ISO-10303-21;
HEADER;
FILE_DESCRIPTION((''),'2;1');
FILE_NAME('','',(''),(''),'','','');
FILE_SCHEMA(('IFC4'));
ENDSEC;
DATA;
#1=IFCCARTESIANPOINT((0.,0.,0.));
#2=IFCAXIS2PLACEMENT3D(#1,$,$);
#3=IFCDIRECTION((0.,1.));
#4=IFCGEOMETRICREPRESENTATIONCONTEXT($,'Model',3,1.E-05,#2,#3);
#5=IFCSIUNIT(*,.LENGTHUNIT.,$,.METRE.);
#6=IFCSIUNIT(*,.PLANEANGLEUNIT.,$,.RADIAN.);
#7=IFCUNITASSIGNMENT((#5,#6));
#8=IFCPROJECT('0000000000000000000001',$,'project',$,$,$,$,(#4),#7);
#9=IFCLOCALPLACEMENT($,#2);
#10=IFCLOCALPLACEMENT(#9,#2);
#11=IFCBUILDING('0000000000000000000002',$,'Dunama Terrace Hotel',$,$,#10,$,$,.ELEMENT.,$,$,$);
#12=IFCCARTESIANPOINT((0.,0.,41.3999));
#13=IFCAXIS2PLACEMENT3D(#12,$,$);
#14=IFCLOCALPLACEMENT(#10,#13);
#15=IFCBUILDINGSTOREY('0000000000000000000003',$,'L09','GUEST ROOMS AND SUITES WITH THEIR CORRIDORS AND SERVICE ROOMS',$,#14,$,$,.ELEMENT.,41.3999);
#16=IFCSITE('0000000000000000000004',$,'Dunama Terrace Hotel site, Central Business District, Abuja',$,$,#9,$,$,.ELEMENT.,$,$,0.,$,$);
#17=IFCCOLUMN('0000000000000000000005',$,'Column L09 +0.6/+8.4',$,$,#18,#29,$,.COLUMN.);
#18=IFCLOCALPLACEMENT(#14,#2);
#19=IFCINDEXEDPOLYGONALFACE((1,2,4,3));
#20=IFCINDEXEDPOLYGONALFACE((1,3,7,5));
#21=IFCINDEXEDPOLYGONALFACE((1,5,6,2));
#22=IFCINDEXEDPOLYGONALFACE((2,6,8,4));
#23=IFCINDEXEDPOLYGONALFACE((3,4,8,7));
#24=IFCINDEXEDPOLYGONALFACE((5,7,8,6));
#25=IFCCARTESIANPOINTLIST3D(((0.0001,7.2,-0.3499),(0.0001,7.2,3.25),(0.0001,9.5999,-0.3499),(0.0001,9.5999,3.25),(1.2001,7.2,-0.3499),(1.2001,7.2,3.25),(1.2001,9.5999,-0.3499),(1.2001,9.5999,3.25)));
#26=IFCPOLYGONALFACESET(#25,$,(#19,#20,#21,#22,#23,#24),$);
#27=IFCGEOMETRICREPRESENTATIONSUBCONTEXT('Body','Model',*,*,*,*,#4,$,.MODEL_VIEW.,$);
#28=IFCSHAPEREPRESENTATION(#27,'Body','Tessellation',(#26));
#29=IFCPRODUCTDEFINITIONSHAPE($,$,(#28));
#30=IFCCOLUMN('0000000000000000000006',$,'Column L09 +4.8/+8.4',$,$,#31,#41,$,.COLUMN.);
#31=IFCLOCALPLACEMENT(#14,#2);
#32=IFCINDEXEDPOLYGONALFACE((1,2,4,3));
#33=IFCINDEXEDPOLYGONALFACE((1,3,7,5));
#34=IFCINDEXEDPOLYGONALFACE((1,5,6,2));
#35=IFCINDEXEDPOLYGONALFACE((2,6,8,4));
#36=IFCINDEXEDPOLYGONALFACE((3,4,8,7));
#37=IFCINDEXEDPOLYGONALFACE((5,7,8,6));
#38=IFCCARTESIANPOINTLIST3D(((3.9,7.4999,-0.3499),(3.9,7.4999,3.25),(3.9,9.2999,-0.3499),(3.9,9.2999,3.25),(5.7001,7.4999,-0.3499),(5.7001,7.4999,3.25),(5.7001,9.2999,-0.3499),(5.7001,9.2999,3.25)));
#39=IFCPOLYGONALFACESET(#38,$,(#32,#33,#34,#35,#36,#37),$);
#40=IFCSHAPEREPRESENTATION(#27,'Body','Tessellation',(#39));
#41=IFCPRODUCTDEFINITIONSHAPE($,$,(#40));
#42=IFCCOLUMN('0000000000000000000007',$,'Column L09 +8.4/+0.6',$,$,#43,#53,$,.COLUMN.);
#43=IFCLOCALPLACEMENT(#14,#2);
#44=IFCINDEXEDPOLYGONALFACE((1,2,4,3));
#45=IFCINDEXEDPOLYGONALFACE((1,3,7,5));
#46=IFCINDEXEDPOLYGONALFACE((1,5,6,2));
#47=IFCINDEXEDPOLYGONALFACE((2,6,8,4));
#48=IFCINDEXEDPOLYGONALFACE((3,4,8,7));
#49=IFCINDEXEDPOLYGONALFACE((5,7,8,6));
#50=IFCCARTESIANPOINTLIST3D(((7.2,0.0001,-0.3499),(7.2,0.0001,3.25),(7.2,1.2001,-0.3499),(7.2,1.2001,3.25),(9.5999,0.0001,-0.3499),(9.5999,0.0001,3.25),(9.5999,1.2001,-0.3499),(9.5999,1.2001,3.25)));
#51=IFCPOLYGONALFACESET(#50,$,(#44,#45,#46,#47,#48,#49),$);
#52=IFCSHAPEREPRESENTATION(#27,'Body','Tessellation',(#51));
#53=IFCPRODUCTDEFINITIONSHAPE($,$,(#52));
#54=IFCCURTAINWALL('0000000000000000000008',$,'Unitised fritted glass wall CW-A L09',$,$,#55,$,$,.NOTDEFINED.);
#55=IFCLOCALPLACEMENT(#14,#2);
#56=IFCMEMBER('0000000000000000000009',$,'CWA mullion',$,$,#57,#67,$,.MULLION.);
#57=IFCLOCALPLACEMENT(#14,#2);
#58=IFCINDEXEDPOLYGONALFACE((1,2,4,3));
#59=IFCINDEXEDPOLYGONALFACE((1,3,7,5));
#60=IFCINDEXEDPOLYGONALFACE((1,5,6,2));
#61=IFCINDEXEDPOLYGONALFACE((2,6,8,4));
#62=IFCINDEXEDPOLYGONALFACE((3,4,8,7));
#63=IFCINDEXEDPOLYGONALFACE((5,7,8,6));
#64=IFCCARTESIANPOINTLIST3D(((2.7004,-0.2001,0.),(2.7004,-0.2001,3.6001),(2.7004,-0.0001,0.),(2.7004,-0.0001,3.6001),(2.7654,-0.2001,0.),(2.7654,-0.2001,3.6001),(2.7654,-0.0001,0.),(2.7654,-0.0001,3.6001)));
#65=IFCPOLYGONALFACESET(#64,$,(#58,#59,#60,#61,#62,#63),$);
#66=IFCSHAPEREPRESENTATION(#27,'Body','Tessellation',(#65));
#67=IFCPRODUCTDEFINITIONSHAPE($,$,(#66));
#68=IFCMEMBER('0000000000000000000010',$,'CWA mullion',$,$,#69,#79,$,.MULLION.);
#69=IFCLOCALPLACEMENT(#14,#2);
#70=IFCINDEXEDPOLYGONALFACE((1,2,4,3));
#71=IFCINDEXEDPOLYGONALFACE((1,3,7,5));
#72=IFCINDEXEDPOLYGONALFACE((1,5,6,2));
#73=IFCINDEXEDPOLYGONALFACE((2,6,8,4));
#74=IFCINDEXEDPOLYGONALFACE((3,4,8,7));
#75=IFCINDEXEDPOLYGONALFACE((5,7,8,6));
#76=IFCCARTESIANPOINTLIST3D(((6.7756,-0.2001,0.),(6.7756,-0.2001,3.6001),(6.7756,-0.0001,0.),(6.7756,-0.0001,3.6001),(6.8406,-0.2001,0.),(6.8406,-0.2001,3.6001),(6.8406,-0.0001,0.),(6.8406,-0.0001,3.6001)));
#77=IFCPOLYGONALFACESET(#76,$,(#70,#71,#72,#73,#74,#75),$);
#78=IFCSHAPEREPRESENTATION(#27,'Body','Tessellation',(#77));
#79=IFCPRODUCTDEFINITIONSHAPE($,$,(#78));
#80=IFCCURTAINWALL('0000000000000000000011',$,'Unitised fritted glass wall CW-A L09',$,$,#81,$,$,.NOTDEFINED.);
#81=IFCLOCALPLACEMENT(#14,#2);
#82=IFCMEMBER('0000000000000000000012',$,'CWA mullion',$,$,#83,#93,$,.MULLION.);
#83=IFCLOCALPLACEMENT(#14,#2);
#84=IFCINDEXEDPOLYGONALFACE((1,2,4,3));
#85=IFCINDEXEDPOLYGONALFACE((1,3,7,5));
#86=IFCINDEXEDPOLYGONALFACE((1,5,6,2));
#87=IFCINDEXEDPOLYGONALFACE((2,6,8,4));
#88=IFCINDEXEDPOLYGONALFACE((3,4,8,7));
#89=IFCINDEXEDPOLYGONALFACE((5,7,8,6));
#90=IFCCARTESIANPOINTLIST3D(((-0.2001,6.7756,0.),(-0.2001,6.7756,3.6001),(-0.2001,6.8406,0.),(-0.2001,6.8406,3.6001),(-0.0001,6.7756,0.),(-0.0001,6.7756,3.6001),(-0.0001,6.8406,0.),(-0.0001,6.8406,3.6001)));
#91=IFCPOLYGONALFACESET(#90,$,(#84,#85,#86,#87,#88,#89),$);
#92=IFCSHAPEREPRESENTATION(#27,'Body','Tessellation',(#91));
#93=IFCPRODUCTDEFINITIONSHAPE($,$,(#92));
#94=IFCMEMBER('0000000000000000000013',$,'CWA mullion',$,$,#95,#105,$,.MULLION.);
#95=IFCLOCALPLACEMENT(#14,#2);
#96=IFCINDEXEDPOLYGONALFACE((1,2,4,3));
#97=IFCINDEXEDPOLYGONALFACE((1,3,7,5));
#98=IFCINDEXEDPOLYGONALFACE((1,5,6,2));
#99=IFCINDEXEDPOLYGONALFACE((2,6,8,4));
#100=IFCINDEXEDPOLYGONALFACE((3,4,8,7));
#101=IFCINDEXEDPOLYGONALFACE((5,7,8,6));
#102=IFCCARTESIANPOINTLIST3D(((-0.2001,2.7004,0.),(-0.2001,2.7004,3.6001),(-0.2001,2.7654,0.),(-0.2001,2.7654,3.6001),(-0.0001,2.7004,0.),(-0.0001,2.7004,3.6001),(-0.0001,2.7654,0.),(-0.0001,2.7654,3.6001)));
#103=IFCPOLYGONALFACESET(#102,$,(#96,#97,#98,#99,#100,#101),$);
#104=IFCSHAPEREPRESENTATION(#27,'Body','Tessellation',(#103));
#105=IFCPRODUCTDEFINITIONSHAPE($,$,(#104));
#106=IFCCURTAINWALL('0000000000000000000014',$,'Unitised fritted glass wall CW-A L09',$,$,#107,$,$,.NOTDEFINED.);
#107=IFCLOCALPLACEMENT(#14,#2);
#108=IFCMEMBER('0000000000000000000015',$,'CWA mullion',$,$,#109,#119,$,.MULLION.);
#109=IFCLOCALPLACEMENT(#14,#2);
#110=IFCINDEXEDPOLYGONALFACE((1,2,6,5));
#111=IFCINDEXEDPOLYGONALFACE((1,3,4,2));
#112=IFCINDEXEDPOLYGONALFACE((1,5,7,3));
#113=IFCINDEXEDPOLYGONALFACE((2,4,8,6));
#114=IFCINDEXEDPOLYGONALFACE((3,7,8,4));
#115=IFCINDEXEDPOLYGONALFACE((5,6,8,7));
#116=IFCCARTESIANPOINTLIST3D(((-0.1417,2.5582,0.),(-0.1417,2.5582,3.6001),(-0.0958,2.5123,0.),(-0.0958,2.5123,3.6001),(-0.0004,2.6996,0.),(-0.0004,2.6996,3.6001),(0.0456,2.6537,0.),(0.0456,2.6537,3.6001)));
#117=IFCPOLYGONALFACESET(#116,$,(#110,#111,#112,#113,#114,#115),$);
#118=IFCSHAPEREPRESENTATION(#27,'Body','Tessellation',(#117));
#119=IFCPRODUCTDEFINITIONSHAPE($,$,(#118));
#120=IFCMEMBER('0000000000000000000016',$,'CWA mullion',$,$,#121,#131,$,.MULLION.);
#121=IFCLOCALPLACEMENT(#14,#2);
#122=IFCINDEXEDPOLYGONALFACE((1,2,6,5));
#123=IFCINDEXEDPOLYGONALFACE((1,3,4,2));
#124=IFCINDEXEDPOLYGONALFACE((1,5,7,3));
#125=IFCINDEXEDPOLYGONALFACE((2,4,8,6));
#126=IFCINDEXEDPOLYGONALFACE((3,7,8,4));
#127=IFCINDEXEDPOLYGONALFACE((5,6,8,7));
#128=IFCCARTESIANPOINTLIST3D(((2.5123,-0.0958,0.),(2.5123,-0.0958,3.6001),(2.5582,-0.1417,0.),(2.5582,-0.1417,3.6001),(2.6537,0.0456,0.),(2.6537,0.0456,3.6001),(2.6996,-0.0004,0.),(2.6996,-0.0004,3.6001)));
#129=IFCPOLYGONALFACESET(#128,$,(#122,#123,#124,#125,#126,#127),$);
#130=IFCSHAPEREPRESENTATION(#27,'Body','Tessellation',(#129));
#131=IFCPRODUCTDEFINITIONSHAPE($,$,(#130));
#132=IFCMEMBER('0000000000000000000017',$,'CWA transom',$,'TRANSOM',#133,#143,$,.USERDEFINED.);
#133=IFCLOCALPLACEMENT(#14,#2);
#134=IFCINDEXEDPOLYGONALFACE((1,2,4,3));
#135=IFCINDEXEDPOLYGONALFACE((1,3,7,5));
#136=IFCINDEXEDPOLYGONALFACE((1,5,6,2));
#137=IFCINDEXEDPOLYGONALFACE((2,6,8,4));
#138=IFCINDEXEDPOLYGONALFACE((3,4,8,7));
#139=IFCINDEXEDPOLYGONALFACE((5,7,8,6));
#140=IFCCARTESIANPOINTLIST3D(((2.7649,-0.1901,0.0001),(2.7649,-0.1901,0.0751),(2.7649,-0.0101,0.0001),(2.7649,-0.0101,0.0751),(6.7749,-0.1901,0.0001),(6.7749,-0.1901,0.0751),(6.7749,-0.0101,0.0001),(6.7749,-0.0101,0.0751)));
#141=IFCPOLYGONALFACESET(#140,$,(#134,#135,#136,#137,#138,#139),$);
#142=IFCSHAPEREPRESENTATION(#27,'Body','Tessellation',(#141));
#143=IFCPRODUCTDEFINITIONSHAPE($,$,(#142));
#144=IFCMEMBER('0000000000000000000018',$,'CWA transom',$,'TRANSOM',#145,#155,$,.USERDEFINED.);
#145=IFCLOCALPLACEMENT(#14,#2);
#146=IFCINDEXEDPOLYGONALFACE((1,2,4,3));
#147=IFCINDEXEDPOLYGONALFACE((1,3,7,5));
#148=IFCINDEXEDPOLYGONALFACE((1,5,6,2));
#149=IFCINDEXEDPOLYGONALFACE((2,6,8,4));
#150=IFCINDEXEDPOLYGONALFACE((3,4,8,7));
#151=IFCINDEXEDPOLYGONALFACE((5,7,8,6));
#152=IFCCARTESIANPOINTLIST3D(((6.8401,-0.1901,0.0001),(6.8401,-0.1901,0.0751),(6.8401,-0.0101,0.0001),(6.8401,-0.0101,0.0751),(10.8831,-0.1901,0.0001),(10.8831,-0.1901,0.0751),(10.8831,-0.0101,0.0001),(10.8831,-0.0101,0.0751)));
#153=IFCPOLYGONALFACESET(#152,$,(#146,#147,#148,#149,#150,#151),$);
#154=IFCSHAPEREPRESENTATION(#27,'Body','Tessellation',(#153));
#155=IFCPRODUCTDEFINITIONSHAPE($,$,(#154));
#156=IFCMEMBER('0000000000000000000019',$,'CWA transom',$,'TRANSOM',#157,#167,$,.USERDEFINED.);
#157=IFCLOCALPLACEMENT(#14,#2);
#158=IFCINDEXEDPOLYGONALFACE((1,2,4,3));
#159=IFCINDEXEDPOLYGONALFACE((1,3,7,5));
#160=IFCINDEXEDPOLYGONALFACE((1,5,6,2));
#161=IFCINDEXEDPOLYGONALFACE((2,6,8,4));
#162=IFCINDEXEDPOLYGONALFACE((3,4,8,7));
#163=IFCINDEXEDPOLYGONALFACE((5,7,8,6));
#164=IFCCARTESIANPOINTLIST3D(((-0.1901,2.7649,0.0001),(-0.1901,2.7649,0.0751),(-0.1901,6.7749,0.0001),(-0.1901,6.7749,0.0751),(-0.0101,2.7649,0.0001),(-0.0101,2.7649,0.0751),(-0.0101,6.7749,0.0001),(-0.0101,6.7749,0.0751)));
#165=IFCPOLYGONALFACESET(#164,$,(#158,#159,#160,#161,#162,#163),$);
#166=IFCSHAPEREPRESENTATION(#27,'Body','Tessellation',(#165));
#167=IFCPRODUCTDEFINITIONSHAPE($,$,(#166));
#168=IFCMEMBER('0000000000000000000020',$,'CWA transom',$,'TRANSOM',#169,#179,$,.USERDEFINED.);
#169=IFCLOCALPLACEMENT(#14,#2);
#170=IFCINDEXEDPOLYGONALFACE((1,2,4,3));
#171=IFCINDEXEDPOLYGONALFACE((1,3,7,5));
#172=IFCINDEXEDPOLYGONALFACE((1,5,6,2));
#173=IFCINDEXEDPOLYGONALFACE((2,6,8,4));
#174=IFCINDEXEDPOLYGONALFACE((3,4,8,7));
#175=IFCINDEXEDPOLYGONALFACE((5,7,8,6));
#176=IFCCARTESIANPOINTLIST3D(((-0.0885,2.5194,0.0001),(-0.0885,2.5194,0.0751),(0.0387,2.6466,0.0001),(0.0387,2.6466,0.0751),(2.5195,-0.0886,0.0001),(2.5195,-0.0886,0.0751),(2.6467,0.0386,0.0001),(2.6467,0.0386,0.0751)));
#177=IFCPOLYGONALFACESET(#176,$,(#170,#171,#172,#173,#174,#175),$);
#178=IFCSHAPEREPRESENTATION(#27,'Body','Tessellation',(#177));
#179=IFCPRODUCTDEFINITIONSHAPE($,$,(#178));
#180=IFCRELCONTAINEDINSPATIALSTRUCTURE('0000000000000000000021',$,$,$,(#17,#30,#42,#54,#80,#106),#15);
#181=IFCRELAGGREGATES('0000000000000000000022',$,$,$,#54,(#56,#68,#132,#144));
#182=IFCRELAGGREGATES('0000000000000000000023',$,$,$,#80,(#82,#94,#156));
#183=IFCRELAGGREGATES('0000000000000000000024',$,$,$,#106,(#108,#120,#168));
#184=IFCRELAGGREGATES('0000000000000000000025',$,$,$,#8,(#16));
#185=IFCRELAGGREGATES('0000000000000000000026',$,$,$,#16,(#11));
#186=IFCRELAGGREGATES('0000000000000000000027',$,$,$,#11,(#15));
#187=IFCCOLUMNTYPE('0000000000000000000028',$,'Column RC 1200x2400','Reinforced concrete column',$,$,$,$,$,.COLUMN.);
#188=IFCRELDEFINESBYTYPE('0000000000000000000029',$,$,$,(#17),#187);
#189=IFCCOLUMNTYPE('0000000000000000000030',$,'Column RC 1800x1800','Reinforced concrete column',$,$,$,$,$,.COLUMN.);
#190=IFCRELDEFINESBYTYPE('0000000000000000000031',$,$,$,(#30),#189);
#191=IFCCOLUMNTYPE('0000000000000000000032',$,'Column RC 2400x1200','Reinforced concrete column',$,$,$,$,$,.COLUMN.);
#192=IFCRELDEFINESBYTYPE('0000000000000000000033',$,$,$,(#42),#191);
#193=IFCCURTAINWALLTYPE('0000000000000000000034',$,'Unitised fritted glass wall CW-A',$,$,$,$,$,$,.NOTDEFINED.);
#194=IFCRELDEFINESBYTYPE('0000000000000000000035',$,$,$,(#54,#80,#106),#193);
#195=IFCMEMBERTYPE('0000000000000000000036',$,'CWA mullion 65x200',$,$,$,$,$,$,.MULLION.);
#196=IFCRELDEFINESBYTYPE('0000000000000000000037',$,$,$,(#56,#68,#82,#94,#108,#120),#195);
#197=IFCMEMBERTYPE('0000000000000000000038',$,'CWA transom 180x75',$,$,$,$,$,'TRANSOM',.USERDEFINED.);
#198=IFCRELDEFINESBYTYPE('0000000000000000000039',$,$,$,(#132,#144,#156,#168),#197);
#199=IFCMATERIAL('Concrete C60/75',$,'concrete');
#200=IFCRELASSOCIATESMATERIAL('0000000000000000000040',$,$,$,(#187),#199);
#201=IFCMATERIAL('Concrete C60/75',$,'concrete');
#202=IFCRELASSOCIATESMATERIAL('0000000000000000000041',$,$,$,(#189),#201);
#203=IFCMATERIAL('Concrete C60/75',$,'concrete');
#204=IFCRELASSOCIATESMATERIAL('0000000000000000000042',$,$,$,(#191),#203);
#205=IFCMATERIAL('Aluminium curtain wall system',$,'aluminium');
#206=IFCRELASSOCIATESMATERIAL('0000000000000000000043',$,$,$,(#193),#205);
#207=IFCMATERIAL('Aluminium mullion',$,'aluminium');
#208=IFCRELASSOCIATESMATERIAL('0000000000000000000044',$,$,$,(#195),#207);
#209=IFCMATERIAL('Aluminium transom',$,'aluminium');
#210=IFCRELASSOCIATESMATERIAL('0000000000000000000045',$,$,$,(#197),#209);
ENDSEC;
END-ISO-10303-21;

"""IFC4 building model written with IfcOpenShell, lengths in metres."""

from ifc_helpers import new_model, si_unit, direction, frame, origin, origin_2d, place, context, subcontext, project, spatial, rectangle, extrude, material, material_profile, profile_set, type_object, element, aggregate, save


model = new_model("IFC4")

# Units and contexts
model_context = context("Model", 3, precision=1e-05, world=origin(), true_north=direction((0.0, 1.0)))
body_context = subcontext(model_context, "Body", "Model", "MODEL_VIEW")
ifc_project = project(units=[si_unit("LENGTHUNIT", "METRE"), si_unit("PLANEANGLEUNIT", "RADIAN")], contexts=[model_context])

# Site, building, storey
site_placement = place(None, origin())
site = spatial("IfcSite", under=ifc_project, at=site_placement, Name="Dunama Terrace Hotel site, Central Business District, Abuja", CompositionType="ELEMENT", RefElevation=0.0)
building_placement = place(site_placement, origin())
building = spatial("IfcBuilding", under=site, at=building_placement, Name="Dunama Terrace Hotel", CompositionType="ELEMENT")
storey_placement = place(building_placement, frame((0.0, 0.0, 41.3999)))
storey = spatial("IfcBuildingStorey", under=building, at=storey_placement, Name="L09", Description="GUEST ROOMS AND SUITES WITH THEIR CORRIDORS AND SERVICE ROOMS", CompositionType="ELEMENT", Elevation=41.3999)

# Columns
ifc_material_1 = material(Name="Concrete C60/75", Category="concrete")
ifc_material_profile_1 = material_profile(ifc_material_1, rectangle(XDim=1.2, YDim=2.3999, at=origin_2d()), Name="RC 1200x2400")
ifc_profile_set_1 = profile_set([ifc_material_profile_1], Name="Concrete C60/75")
column_type_1 = type_object("IfcColumnType", Name="Column RC 1200x2400", Description="Reinforced concrete column", PredefinedType="COLUMN", material=ifc_profile_set_1)
column_1_placement = place(storey_placement, frame((0.6001, 8.3999, -0.3499), z_axis=(0.0, 0.0, 1.0), x_axis=(1.0, 0.0, 0.0)))
element("IfcColumn", 1, at=column_1_placement, inside=storey, type_object=column_type_1, Name="Column L09 +0.6/+8.4", PredefinedType="COLUMN", context=body_context, shape_type="SweptSolid", body=[
    extrude(rectangle(XDim=1.2, YDim=2.3999, at=origin_2d()), origin(), (0.0, 0.0, 1.0), 3.5999),
])
ifc_material_2 = material(Name="Concrete C60/75", Category="concrete")
ifc_material_profile_2 = material_profile(ifc_material_2, rectangle(XDim=1.8, YDim=1.8, at=origin_2d()), Name="RC 1800x1800")
ifc_profile_set_2 = profile_set([ifc_material_profile_2], Name="Concrete C60/75")
column_type_2 = type_object("IfcColumnType", Name="Column RC 1800x1800", Description="Reinforced concrete column", PredefinedType="COLUMN", material=ifc_profile_set_2)
column_2_placement = place(storey_placement, frame((4.8, 8.3999, -0.3499), z_axis=(0.0, 0.0, 1.0), x_axis=(1.0, 0.0, 0.0)))
element("IfcColumn", 2, at=column_2_placement, inside=storey, type_object=column_type_2, Name="Column L09 +4.8/+8.4", PredefinedType="COLUMN", context=body_context, shape_type="SweptSolid", body=[
    extrude(rectangle(XDim=1.8, YDim=1.8, at=origin_2d()), origin(), (0.0, 0.0, 1.0), 3.5999),
])
ifc_material_3 = material(Name="Concrete C60/75", Category="concrete")
ifc_material_profile_3 = material_profile(ifc_material_3, rectangle(XDim=2.3999, YDim=1.2, at=origin_2d()), Name="RC 2400x1200")
ifc_profile_set_3 = profile_set([ifc_material_profile_3], Name="Concrete C60/75")
column_type_3 = type_object("IfcColumnType", Name="Column RC 2400x1200", Description="Reinforced concrete column", PredefinedType="COLUMN", material=ifc_profile_set_3)
column_3_placement = place(storey_placement, frame((8.3999, 0.6001, -0.3499), z_axis=(0.0, 0.0, 1.0), x_axis=(1.0, 0.0, 0.0)))
element("IfcColumn", 3, at=column_3_placement, inside=storey, type_object=column_type_3, Name="Column L09 +8.4/+0.6", PredefinedType="COLUMN", context=body_context, shape_type="SweptSolid", body=[
    extrude(rectangle(XDim=2.3999, YDim=1.2, at=origin_2d()), origin(), (0.0, 0.0, 1.0), 3.5999),
])

# Curtain walls, members
ifc_material_4 = material(Name="Aluminium curtain wall system", Category="aluminium")
curtain_wall_type = type_object("IfcCurtainWallType", Name="Unitised fritted glass wall CW-A", PredefinedType="NOTDEFINED", material=ifc_material_4)
curtain_wall_1_placement = place(storey_placement, origin())
curtain_wall_1 = element("IfcCurtainWall", 4, at=curtain_wall_1_placement, inside=storey, type_object=curtain_wall_type, Name="Unitised fritted glass wall CW-A L09", PredefinedType="NOTDEFINED")
ifc_material_5 = material(Name="Aluminium mullion", Category="aluminium")
ifc_material_profile_4 = material_profile(ifc_material_5, rectangle(XDim=0.0649, YDim=0.2, at=origin_2d()), Name="CWA MULLION 65X200")
ifc_profile_set_4 = profile_set([ifc_material_profile_4], Name="Aluminium mullion")
member_type_1 = type_object("IfcMemberType", Name="CWA mullion 65x200", PredefinedType="MULLION", material=ifc_profile_set_4)
member_1_placement = place(storey_placement, frame((2.7329, -0.1001, 0.0), z_axis=(0.0, 0.0, 1.0), x_axis=(1.0, 0.0, 0.0)))
member_1 = element("IfcMember", 5, at=member_1_placement, type_object=member_type_1, Name="CWA mullion", PredefinedType="MULLION", context=body_context, shape_type="SweptSolid", body=[
    extrude(rectangle(XDim=0.0649, YDim=0.2, at=origin_2d()), origin(), (0.0, 0.0, 1.0), 3.6001),
])
member_2_placement = place(storey_placement, frame((6.8081, -0.1001, 0.0), z_axis=(0.0, 0.0, 1.0), x_axis=(1.0, 0.0, 0.0)))
member_2 = element("IfcMember", 6, at=member_2_placement, type_object=member_type_1, Name="CWA mullion", PredefinedType="MULLION", context=body_context, shape_type="SweptSolid", body=[
    extrude(rectangle(XDim=0.0649, YDim=0.2, at=origin_2d()), origin(), (0.0, 0.0, 1.0), 3.6001),
])
curtain_wall_2_placement = place(storey_placement, origin())
curtain_wall_2 = element("IfcCurtainWall", 7, at=curtain_wall_2_placement, inside=storey, type_object=curtain_wall_type, Name="Unitised fritted glass wall CW-A L09", PredefinedType="NOTDEFINED")
member_3_placement = place(storey_placement, frame((-0.1001, 6.8081, 0.0), z_axis=(0.0, 0.0, 1.0), x_axis=(0.0, -1.0, 0.0)))
member_3 = element("IfcMember", 8, at=member_3_placement, type_object=member_type_1, Name="CWA mullion", PredefinedType="MULLION", context=body_context, shape_type="SweptSolid", body=[
    extrude(rectangle(XDim=0.0649, YDim=0.2, at=origin_2d()), origin(), (0.0, 0.0, 1.0), 3.6001),
])
member_4_placement = place(storey_placement, frame((-0.1001, 2.7329, 0.0), z_axis=(0.0, 0.0, 1.0), x_axis=(0.0, -1.0, 0.0)))
member_4 = element("IfcMember", 9, at=member_4_placement, type_object=member_type_1, Name="CWA mullion", PredefinedType="MULLION", context=body_context, shape_type="SweptSolid", body=[
    extrude(rectangle(XDim=0.0649, YDim=0.2, at=origin_2d()), origin(), (0.0, 0.0, 1.0), 3.6001),
])
curtain_wall_3_placement = place(storey_placement, origin())
curtain_wall_3 = element("IfcCurtainWall", 10, at=curtain_wall_3_placement, inside=storey, type_object=curtain_wall_type, Name="Unitised fritted glass wall CW-A L09", PredefinedType="NOTDEFINED")
member_5_placement = place(storey_placement, frame((-0.0481, 2.606, 0.0), z_axis=(0.0, 0.0, 1.0), x_axis=(0.707107, -0.707107, 0.0)))
member_5 = element("IfcMember", 11, at=member_5_placement, type_object=member_type_1, Name="CWA mullion", PredefinedType="MULLION", context=body_context, shape_type="SweptSolid", body=[
    extrude(rectangle(XDim=0.0649, YDim=0.2, at=origin_2d()), origin(), (0.0, 0.0, 1.0), 3.6001),
])
member_6_placement = place(storey_placement, frame((2.606, -0.0481, 0.0), z_axis=(0.0, 0.0, 1.0), x_axis=(0.707107, -0.707107, 0.0)))
member_6 = element("IfcMember", 12, at=member_6_placement, type_object=member_type_1, Name="CWA mullion", PredefinedType="MULLION", context=body_context, shape_type="SweptSolid", body=[
    extrude(rectangle(XDim=0.0649, YDim=0.2, at=origin_2d()), origin(), (0.0, 0.0, 1.0), 3.6001),
])

# Members
ifc_material_6 = material(Name="Aluminium transom", Category="aluminium")
ifc_material_profile_5 = material_profile(ifc_material_6, rectangle(XDim=0.1799, YDim=0.075, at=origin_2d()), Name="CWA TRANSOM 180X75")
ifc_profile_set_5 = profile_set([ifc_material_profile_5], Name="Aluminium transom")
member_type_2 = type_object("IfcMemberType", Name="CWA transom 180x75", ElementType="TRANSOM", PredefinedType="USERDEFINED", material=ifc_profile_set_5)
member_7_placement = place(storey_placement, frame((2.7649, -0.1001, 0.0376), z_axis=(1.0, 0.0, 0.0), x_axis=(0.0, 1.0, 0.0)))
member_7 = element("IfcMember", 13, at=member_7_placement, type_object=member_type_2, Name="CWA transom", ObjectType="TRANSOM", PredefinedType="USERDEFINED", context=body_context, shape_type="SweptSolid", body=[
    extrude(rectangle(XDim=0.1799, YDim=0.075, at=origin_2d()), origin(), (0.0, 0.0, 1.0), 4.01),
])
member_8_placement = place(storey_placement, frame((6.8401, -0.1001, 0.0376), z_axis=(1.0, 0.0, 0.0), x_axis=(0.0, 1.0, 0.0)))
member_8 = element("IfcMember", 14, at=member_8_placement, type_object=member_type_2, Name="CWA transom", ObjectType="TRANSOM", PredefinedType="USERDEFINED", context=body_context, shape_type="SweptSolid", body=[
    extrude(rectangle(XDim=0.1799, YDim=0.075, at=origin_2d()), origin(), (0.0, 0.0, 1.0), 4.043),
])
member_9_placement = place(storey_placement, frame((-0.1001, 6.7749, 0.0376), z_axis=(0.0, -1.0, 0.0), x_axis=(1.0, 0.0, 0.0)))
member_9 = element("IfcMember", 15, at=member_9_placement, type_object=member_type_2, Name="CWA transom", ObjectType="TRANSOM", PredefinedType="USERDEFINED", context=body_context, shape_type="SweptSolid", body=[
    extrude(rectangle(XDim=0.1799, YDim=0.075, at=origin_2d()), origin(), (0.0, 0.0, 1.0), 4.01),
])
member_10_placement = place(storey_placement, frame((-0.0249, 2.583, 0.0376), z_axis=(0.707107, -0.707107, 0.0), x_axis=(0.707107, 0.707107, 0.0)))
member_10 = element("IfcMember", 16, at=member_10_placement, type_object=member_type_2, Name="CWA transom", ObjectType="TRANSOM", PredefinedType="USERDEFINED", context=body_context, shape_type="SweptSolid", body=[
    extrude(rectangle(XDim=0.1799, YDim=0.075, at=origin_2d()), origin(), (0.0, 0.0, 1.0), 3.6882),
])

aggregate(curtain_wall_1, [member_1, member_2, member_7, member_8])
aggregate(curtain_wall_2, [member_3, member_4, member_9])
aggregate(curtain_wall_3, [member_5, member_6, member_10])

save(model, "model.ifc")
